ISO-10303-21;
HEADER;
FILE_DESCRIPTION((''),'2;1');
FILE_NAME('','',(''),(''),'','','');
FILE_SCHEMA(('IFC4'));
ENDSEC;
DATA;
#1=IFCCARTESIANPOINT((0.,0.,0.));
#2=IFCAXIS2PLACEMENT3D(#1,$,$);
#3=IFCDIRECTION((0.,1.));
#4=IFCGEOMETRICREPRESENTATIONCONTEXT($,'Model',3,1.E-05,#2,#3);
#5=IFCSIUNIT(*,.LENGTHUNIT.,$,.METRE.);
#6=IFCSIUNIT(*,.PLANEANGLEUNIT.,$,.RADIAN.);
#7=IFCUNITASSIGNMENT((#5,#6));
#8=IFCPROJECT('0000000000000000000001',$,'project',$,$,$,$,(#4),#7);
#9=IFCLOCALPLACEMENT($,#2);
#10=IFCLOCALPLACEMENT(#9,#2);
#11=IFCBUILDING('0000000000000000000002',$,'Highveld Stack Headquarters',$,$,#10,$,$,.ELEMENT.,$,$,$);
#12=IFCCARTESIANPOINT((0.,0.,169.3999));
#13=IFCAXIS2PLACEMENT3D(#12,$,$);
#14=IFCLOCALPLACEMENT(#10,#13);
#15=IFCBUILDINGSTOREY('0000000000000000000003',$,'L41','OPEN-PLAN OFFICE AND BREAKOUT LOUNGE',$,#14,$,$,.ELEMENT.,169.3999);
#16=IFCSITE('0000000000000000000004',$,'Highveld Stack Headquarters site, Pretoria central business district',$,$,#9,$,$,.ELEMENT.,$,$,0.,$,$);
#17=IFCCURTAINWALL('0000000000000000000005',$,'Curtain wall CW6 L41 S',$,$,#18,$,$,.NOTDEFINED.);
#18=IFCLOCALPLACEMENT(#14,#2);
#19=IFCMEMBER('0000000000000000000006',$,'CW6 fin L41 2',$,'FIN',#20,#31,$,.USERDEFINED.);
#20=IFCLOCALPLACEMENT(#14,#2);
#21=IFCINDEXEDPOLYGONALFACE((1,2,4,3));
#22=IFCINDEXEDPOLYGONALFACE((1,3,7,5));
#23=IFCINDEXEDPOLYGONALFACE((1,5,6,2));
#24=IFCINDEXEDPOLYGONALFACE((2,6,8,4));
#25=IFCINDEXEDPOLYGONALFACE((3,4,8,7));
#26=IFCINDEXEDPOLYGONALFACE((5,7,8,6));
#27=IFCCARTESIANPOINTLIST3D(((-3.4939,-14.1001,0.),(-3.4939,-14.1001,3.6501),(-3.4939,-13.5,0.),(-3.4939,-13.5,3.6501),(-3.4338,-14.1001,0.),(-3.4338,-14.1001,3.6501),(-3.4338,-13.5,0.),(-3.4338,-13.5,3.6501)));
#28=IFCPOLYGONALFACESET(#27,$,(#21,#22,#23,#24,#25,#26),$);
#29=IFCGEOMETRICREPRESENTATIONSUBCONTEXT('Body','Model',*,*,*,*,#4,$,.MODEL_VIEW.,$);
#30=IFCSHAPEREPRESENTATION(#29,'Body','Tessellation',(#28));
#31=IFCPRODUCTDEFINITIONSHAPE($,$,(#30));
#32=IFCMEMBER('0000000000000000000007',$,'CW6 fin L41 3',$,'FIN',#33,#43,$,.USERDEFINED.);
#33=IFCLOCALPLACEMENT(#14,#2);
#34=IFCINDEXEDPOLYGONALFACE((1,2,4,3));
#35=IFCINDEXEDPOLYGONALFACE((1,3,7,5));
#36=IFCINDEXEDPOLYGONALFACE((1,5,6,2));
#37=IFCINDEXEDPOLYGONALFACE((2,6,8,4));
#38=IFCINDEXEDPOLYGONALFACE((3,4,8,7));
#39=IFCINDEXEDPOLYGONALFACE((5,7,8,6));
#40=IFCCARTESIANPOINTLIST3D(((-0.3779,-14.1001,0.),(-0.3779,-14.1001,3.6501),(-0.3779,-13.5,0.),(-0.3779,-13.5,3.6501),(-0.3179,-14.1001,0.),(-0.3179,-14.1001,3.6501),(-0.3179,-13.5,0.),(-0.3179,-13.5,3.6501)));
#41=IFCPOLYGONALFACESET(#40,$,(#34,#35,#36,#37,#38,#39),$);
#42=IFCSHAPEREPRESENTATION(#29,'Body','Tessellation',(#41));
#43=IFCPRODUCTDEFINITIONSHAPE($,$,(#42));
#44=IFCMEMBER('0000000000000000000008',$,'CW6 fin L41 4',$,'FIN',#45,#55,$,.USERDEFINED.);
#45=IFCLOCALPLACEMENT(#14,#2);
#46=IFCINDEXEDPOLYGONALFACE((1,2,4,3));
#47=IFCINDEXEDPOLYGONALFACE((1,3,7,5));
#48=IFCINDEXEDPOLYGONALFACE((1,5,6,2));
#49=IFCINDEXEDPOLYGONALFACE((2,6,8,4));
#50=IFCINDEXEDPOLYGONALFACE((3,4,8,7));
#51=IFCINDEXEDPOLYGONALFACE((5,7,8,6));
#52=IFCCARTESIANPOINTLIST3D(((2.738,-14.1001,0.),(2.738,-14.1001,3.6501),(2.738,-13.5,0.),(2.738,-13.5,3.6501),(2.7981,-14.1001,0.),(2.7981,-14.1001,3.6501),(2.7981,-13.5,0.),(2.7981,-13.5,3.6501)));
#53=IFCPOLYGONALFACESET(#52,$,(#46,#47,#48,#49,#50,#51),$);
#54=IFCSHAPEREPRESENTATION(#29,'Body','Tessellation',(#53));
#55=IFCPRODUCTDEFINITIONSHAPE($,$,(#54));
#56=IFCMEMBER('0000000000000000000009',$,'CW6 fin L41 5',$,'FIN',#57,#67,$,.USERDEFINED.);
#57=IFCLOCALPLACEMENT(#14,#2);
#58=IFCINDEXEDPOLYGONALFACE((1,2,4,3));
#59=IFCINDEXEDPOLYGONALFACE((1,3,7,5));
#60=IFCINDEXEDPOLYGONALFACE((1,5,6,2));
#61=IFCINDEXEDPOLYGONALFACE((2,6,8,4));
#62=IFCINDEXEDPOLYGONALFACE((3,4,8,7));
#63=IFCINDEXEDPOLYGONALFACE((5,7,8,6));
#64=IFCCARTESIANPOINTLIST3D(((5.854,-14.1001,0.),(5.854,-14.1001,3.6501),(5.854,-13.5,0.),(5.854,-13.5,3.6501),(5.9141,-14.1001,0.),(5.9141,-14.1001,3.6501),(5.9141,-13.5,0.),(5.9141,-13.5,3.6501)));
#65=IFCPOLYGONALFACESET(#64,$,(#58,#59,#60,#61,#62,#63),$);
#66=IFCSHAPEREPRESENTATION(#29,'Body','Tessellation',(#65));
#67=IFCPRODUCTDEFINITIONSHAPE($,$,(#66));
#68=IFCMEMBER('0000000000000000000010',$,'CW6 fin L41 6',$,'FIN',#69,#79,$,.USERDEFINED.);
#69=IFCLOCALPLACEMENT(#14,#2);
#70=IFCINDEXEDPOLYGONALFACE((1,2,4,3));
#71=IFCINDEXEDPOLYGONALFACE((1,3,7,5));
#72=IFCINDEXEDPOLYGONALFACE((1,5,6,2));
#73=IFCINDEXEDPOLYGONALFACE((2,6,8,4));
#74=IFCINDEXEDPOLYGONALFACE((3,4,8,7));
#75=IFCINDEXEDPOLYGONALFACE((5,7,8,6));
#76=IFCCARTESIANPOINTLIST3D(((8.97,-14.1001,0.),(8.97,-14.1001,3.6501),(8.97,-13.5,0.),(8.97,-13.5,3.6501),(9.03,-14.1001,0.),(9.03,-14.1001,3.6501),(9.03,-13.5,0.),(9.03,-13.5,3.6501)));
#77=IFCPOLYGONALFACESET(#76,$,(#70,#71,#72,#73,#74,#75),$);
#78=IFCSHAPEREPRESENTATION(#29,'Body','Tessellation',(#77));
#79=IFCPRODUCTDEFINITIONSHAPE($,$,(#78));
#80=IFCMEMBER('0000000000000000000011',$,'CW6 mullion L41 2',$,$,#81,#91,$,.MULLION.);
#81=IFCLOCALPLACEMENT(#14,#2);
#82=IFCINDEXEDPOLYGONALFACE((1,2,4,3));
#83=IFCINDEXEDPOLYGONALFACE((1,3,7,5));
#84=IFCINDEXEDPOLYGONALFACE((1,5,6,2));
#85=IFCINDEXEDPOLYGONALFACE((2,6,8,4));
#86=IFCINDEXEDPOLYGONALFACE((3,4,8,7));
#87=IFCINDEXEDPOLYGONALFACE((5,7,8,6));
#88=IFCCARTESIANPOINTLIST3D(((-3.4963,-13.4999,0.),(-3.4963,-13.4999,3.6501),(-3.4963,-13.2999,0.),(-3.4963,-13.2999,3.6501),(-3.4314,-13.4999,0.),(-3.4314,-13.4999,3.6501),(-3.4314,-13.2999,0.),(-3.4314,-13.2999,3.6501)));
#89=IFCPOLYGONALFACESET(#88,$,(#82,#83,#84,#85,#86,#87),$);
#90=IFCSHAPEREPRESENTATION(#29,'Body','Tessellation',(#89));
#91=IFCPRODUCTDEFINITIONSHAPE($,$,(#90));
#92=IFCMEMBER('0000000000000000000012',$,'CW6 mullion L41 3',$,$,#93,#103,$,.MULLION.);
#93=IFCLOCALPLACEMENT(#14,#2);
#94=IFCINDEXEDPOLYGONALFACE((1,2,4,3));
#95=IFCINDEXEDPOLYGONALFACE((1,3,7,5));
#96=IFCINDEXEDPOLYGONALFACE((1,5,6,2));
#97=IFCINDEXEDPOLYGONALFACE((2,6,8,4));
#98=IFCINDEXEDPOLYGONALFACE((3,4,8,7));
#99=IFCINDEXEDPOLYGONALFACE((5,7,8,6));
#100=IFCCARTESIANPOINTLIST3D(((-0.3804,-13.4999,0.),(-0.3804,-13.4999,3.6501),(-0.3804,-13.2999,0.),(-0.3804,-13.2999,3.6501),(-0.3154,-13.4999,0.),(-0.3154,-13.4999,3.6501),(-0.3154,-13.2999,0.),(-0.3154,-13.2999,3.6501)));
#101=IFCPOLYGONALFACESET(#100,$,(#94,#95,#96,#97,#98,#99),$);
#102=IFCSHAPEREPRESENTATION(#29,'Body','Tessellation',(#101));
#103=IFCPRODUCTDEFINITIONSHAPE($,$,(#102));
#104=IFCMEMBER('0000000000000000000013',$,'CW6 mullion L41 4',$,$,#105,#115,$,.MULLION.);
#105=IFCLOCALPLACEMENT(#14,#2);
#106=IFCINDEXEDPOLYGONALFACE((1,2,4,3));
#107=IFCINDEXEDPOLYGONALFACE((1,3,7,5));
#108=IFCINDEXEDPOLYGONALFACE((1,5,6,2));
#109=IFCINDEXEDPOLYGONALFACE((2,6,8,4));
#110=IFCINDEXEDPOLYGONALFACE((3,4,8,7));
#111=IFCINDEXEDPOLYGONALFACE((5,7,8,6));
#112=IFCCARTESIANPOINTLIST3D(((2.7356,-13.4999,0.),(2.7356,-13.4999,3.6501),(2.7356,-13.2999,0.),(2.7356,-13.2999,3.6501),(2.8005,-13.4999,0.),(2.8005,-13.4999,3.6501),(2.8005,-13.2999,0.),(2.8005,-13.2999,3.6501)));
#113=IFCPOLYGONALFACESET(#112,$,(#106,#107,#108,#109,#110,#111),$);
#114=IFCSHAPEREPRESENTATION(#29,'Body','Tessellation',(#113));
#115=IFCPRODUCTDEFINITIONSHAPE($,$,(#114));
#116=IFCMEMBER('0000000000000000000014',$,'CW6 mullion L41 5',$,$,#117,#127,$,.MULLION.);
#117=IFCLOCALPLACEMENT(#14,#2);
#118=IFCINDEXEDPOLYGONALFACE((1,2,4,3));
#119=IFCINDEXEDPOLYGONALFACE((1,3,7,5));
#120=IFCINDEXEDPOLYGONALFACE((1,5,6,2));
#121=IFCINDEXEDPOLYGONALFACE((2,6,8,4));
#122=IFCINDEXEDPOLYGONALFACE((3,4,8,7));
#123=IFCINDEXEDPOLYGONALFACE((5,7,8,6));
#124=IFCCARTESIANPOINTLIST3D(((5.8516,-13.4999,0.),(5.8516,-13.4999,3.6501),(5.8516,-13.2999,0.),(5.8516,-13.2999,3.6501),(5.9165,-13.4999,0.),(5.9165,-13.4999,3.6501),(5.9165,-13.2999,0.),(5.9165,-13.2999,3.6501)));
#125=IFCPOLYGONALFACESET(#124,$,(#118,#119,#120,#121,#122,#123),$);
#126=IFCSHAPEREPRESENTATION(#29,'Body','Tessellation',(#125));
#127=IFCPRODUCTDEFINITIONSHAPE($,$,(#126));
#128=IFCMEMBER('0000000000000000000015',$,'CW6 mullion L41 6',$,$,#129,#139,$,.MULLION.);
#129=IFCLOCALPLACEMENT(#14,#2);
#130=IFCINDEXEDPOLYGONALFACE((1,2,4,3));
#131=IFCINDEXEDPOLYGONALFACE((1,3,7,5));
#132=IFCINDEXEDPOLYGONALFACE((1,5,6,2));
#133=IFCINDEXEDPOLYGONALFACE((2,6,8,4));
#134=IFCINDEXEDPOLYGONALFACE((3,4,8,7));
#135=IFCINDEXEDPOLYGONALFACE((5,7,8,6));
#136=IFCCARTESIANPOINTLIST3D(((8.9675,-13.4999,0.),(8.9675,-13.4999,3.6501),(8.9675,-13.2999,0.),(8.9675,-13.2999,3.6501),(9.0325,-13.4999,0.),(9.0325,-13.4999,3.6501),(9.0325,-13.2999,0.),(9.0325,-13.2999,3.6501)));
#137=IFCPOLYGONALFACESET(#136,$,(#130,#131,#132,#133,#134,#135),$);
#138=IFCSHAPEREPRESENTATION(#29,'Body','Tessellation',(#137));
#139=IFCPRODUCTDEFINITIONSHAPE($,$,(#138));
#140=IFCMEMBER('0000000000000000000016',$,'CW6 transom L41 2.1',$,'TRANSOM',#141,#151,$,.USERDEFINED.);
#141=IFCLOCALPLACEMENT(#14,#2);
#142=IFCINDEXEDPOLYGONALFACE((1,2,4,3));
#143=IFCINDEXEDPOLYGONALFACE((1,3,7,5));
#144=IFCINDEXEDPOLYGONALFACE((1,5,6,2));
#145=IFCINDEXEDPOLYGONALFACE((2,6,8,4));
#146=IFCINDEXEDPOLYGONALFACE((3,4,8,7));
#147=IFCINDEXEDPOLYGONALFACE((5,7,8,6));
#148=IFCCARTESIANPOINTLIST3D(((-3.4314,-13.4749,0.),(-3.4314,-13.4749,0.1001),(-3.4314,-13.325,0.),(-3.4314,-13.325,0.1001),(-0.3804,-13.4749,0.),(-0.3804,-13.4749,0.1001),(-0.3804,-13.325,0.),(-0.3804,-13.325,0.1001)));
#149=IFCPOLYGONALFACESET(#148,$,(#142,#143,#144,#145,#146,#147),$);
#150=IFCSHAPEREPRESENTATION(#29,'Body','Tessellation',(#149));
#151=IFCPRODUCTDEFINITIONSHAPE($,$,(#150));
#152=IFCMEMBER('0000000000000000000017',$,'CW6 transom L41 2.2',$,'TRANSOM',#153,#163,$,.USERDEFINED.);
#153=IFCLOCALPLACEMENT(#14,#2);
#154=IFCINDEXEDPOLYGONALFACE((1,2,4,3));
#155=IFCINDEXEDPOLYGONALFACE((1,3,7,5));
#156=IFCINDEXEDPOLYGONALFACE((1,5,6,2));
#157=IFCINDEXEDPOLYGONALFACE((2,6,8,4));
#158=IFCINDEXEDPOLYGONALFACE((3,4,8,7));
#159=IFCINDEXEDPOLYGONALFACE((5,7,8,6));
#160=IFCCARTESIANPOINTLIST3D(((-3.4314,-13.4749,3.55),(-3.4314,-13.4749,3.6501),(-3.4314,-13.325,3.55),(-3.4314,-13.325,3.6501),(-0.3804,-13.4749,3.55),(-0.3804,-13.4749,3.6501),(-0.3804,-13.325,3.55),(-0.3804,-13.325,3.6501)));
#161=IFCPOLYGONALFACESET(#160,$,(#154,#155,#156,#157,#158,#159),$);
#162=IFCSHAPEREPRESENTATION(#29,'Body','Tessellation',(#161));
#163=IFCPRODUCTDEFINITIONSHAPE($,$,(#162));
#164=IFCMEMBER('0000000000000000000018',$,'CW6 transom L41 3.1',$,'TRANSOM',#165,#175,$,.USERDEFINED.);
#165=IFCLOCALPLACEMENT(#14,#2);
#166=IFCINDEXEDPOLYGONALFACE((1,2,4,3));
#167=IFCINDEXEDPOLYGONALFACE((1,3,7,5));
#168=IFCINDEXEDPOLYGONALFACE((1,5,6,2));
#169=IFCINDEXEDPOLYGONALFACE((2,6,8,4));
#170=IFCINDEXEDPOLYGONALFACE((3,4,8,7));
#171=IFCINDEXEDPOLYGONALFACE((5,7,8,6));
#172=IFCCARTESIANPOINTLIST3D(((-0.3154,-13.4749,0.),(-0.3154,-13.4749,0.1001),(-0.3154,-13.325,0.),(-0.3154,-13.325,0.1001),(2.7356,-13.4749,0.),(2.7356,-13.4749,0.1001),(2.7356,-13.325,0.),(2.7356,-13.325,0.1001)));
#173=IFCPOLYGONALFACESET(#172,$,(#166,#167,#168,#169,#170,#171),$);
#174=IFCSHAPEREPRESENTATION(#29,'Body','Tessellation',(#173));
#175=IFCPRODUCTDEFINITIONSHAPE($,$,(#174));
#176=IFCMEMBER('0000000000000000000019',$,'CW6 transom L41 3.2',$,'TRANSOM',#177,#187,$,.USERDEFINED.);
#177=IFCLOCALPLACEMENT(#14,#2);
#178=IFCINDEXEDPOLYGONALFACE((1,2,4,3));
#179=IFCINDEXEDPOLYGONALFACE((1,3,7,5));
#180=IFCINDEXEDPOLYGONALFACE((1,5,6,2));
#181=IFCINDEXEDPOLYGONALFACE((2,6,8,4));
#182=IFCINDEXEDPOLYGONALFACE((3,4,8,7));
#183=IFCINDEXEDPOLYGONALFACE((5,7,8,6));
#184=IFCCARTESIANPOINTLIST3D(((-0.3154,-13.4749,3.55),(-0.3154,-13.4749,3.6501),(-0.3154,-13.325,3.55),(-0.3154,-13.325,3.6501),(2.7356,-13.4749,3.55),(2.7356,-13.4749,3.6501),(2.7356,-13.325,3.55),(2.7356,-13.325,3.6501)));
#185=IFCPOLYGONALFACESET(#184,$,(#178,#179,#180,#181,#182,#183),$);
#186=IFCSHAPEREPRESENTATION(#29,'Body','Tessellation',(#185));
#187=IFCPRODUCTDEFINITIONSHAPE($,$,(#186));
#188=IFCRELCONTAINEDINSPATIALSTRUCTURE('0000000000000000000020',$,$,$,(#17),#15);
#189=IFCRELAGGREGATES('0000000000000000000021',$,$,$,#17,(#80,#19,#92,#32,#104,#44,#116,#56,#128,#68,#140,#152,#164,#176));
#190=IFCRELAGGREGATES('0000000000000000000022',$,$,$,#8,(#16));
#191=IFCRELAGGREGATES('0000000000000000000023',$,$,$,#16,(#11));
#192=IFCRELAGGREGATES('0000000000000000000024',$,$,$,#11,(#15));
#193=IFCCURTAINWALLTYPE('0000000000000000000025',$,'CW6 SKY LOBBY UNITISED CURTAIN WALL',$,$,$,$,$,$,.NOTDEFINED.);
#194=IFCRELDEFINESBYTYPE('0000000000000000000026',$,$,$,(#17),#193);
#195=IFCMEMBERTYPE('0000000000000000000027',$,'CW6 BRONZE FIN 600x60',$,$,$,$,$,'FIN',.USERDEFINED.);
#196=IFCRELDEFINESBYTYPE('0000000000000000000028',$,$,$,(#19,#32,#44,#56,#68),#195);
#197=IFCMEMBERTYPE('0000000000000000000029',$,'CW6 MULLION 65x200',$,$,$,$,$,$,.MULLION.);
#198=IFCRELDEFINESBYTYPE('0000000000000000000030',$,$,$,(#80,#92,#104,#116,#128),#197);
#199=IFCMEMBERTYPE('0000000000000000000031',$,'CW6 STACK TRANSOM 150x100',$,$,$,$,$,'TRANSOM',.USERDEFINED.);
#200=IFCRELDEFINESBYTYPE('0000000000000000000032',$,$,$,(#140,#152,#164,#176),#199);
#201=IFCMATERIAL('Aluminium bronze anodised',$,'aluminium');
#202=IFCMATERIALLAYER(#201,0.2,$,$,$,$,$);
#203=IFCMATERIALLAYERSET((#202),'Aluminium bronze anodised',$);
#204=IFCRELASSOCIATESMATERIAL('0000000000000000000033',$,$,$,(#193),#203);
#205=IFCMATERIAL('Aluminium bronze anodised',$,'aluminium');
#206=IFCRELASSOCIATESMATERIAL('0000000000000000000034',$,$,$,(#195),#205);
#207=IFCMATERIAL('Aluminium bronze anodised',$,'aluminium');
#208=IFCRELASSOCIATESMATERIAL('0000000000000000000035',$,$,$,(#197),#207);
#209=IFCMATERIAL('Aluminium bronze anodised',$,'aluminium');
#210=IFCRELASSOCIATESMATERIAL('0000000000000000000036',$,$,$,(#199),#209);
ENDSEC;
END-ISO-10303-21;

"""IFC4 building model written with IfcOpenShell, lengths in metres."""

from ifc_helpers import new_model, si_unit, direction, frame, origin, origin_2d, place, context, subcontext, project, spatial, rectangle, extrude, material, layer, layer_set, material_profile, profile_set, type_object, element, aggregate, save


model = new_model("IFC4")

# Units and contexts
model_context = context("Model", 3, precision=1e-05, world=origin(), true_north=direction((0.0, 1.0)))
body_context = subcontext(model_context, "Body", "Model", "MODEL_VIEW")
ifc_project = project(units=[si_unit("LENGTHUNIT", "METRE"), si_unit("PLANEANGLEUNIT", "RADIAN")], contexts=[model_context])

# Site, building, storey
site_placement = place(None, origin())
site = spatial("IfcSite", under=ifc_project, at=site_placement, Name="Highveld Stack Headquarters site, Pretoria central business district", CompositionType="ELEMENT", RefElevation=0.0)
building_placement = place(site_placement, origin())
building = spatial("IfcBuilding", under=site, at=building_placement, Name="Highveld Stack Headquarters", CompositionType="ELEMENT")
storey_placement = place(building_placement, frame((0.0, 0.0, 169.3999)))
storey = spatial("IfcBuildingStorey", under=building, at=storey_placement, Name="L41", Description="OPEN-PLAN OFFICE AND BREAKOUT LOUNGE", CompositionType="ELEMENT", Elevation=169.3999)

# Curtain wall, members
ifc_material_1 = material(Name="Aluminium bronze anodised", Category="aluminium")
ifc_layer_1 = layer(ifc_material_1, 0.2)
ifc_layer_set_1 = layer_set([ifc_layer_1], Name="Aluminium bronze anodised")
curtain_wall_type = type_object("IfcCurtainWallType", Name="CW6 SKY LOBBY UNITISED CURTAIN WALL", PredefinedType="NOTDEFINED", material=ifc_layer_set_1)
curtain_wall_placement = place(storey_placement, origin())
curtain_wall = element("IfcCurtainWall", 1, at=curtain_wall_placement, inside=storey, type_object=curtain_wall_type, Name="Curtain wall CW6 L41 S", PredefinedType="NOTDEFINED")
ifc_material_2 = material(Name="Aluminium bronze anodised", Category="aluminium")
ifc_material_profile_1 = material_profile(ifc_material_2, rectangle(XDim=0.6001, YDim=0.0601, at=origin_2d()), Name="FIN 600x60")
ifc_profile_set_1 = profile_set([ifc_material_profile_1], Name="Aluminium bronze anodised")
member_type_1 = type_object("IfcMemberType", Name="CW6 BRONZE FIN 600x60", ElementType="FIN", PredefinedType="USERDEFINED", material=ifc_profile_set_1)
member_1_placement = place(storey_placement, frame((-3.4639, -13.8, 0.0), z_axis=(0.0, 0.0, 1.0), x_axis=(0.0, 1.0, 0.0)))
member_1 = element("IfcMember", 2, at=member_1_placement, type_object=member_type_1, Name="CW6 fin L41 2", ObjectType="FIN", PredefinedType="USERDEFINED", context=body_context, shape_type="SweptSolid", body=[
    extrude(rectangle(XDim=0.6001, YDim=0.0601, at=origin_2d()), origin(), (0.0, 0.0, 1.0), 3.6501),
])
member_2_placement = place(storey_placement, frame((-0.3479, -13.8, 0.0), z_axis=(0.0, 0.0, 1.0), x_axis=(0.0, 1.0, 0.0)))
member_2 = element("IfcMember", 3, at=member_2_placement, type_object=member_type_1, Name="CW6 fin L41 3", ObjectType="FIN", PredefinedType="USERDEFINED", context=body_context, shape_type="SweptSolid", body=[
    extrude(rectangle(XDim=0.6001, YDim=0.0601, at=origin_2d()), origin(), (0.0, 0.0, 1.0), 3.6501),
])
member_3_placement = place(storey_placement, frame((2.7681, -13.8, 0.0), z_axis=(0.0, 0.0, 1.0), x_axis=(0.0, 1.0, 0.0)))
member_3 = element("IfcMember", 4, at=member_3_placement, type_object=member_type_1, Name="CW6 fin L41 4", ObjectType="FIN", PredefinedType="USERDEFINED", context=body_context, shape_type="SweptSolid", body=[
    extrude(rectangle(XDim=0.6001, YDim=0.0601, at=origin_2d()), origin(), (0.0, 0.0, 1.0), 3.6501),
])
member_4_placement = place(storey_placement, frame((5.884, -13.8, 0.0), z_axis=(0.0, 0.0, 1.0), x_axis=(0.0, 1.0, 0.0)))
member_4 = element("IfcMember", 5, at=member_4_placement, type_object=member_type_1, Name="CW6 fin L41 5", ObjectType="FIN", PredefinedType="USERDEFINED", context=body_context, shape_type="SweptSolid", body=[
    extrude(rectangle(XDim=0.6001, YDim=0.0601, at=origin_2d()), origin(), (0.0, 0.0, 1.0), 3.6501),
])
member_5_placement = place(storey_placement, frame((9.0, -13.8, 0.0), z_axis=(0.0, 0.0, 1.0), x_axis=(0.0, 1.0, 0.0)))
member_5 = element("IfcMember", 6, at=member_5_placement, type_object=member_type_1, Name="CW6 fin L41 6", ObjectType="FIN", PredefinedType="USERDEFINED", context=body_context, shape_type="SweptSolid", body=[
    extrude(rectangle(XDim=0.6001, YDim=0.0601, at=origin_2d()), origin(), (0.0, 0.0, 1.0), 3.6501),
])
ifc_material_3 = material(Name="Aluminium bronze anodised", Category="aluminium")
ifc_material_profile_2 = material_profile(ifc_material_3, rectangle(XDim=0.2, YDim=0.0649, at=origin_2d()), Name="CW6 MULLION 65x200")
ifc_profile_set_2 = profile_set([ifc_material_profile_2], Name="Aluminium bronze anodised")
member_type_2 = type_object("IfcMemberType", Name="CW6 MULLION 65x200", PredefinedType="MULLION", material=ifc_profile_set_2)
member_6_placement = place(storey_placement, frame((-3.4639, -13.3999, 0.0), z_axis=(0.0, 0.0, 1.0), x_axis=(0.0, 1.0, 0.0)))
member_6 = element("IfcMember", 7, at=member_6_placement, type_object=member_type_2, Name="CW6 mullion L41 2", PredefinedType="MULLION", context=body_context, shape_type="SweptSolid", body=[
    extrude(rectangle(XDim=0.2, YDim=0.0649, at=origin_2d()), origin(), (0.0, 0.0, 1.0), 3.6501),
])
member_7_placement = place(storey_placement, frame((-0.3479, -13.3999, 0.0), z_axis=(0.0, 0.0, 1.0), x_axis=(0.0, 1.0, 0.0)))
member_7 = element("IfcMember", 8, at=member_7_placement, type_object=member_type_2, Name="CW6 mullion L41 3", PredefinedType="MULLION", context=body_context, shape_type="SweptSolid", body=[
    extrude(rectangle(XDim=0.2, YDim=0.0649, at=origin_2d()), origin(), (0.0, 0.0, 1.0), 3.6501),
])
member_8_placement = place(storey_placement, frame((2.7681, -13.3999, 0.0), z_axis=(0.0, 0.0, 1.0), x_axis=(0.0, 1.0, 0.0)))
member_8 = element("IfcMember", 9, at=member_8_placement, type_object=member_type_2, Name="CW6 mullion L41 4", PredefinedType="MULLION", context=body_context, shape_type="SweptSolid", body=[
    extrude(rectangle(XDim=0.2, YDim=0.0649, at=origin_2d()), origin(), (0.0, 0.0, 1.0), 3.6501),
])
member_9_placement = place(storey_placement, frame((5.884, -13.3999, 0.0), z_axis=(0.0, 0.0, 1.0), x_axis=(0.0, 1.0, 0.0)))
member_9 = element("IfcMember", 10, at=member_9_placement, type_object=member_type_2, Name="CW6 mullion L41 5", PredefinedType="MULLION", context=body_context, shape_type="SweptSolid", body=[
    extrude(rectangle(XDim=0.2, YDim=0.0649, at=origin_2d()), origin(), (0.0, 0.0, 1.0), 3.6501),
])
member_10_placement = place(storey_placement, frame((9.0, -13.3999, 0.0), z_axis=(0.0, 0.0, 1.0), x_axis=(0.0, 1.0, 0.0)))
member_10 = element("IfcMember", 11, at=member_10_placement, type_object=member_type_2, Name="CW6 mullion L41 6", PredefinedType="MULLION", context=body_context, shape_type="SweptSolid", body=[
    extrude(rectangle(XDim=0.2, YDim=0.0649, at=origin_2d()), origin(), (0.0, 0.0, 1.0), 3.6501),
])
ifc_material_4 = material(Name="Aluminium bronze anodised", Category="aluminium")
ifc_material_profile_3 = material_profile(ifc_material_4, rectangle(XDim=0.1499, YDim=0.1001, at=origin_2d()), Name="CW6 TRANSOM 150x100")
ifc_profile_set_3 = profile_set([ifc_material_profile_3], Name="Aluminium bronze anodised")
member_type_3 = type_object("IfcMemberType", Name="CW6 STACK TRANSOM 150x100", ElementType="TRANSOM", PredefinedType="USERDEFINED", material=ifc_profile_set_3)
member_11_placement = place(storey_placement, frame((-3.4314, -13.3999, 0.05), z_axis=(1.0, 0.0, 0.0), x_axis=(0.0, 1.0, 0.0)))
member_11 = element("IfcMember", 12, at=member_11_placement, type_object=member_type_3, Name="CW6 transom L41 2.1", ObjectType="TRANSOM", PredefinedType="USERDEFINED", context=body_context, shape_type="SweptSolid", body=[
    extrude(rectangle(XDim=0.1499, YDim=0.1001, at=origin_2d()), origin(), (0.0, 0.0, 1.0), 3.051),
])
member_12_placement = place(storey_placement, frame((-3.4314, -13.3999, 3.6001), z_axis=(1.0, 0.0, 0.0), x_axis=(0.0, 1.0, 0.0)))
member_12 = element("IfcMember", 13, at=member_12_placement, type_object=member_type_3, Name="CW6 transom L41 2.2", ObjectType="TRANSOM", PredefinedType="USERDEFINED", context=body_context, shape_type="SweptSolid", body=[
    extrude(rectangle(XDim=0.1499, YDim=0.1001, at=origin_2d()), origin(), (0.0, 0.0, 1.0), 3.051),
])
member_13_placement = place(storey_placement, frame((-0.3154, -13.3999, 0.05), z_axis=(1.0, 0.0, 0.0), x_axis=(0.0, 1.0, 0.0)))
member_13 = element("IfcMember", 14, at=member_13_placement, type_object=member_type_3, Name="CW6 transom L41 3.1", ObjectType="TRANSOM", PredefinedType="USERDEFINED", context=body_context, shape_type="SweptSolid", body=[
    extrude(rectangle(XDim=0.1499, YDim=0.1001, at=origin_2d()), origin(), (0.0, 0.0, 1.0), 3.051),
])
member_14_placement = place(storey_placement, frame((-0.3154, -13.3999, 3.6001), z_axis=(1.0, 0.0, 0.0), x_axis=(0.0, 1.0, 0.0)))
member_14 = element("IfcMember", 15, at=member_14_placement, type_object=member_type_3, Name="CW6 transom L41 3.2", ObjectType="TRANSOM", PredefinedType="USERDEFINED", context=body_context, shape_type="SweptSolid", body=[
    extrude(rectangle(XDim=0.1499, YDim=0.1001, at=origin_2d()), origin(), (0.0, 0.0, 1.0), 3.051),
])
aggregate(curtain_wall, [member_6, member_1, member_7, member_2, member_8, member_3, member_9, member_4, member_10, member_5, member_11, member_12, member_13, member_14])

save(model, "model.ifc")
